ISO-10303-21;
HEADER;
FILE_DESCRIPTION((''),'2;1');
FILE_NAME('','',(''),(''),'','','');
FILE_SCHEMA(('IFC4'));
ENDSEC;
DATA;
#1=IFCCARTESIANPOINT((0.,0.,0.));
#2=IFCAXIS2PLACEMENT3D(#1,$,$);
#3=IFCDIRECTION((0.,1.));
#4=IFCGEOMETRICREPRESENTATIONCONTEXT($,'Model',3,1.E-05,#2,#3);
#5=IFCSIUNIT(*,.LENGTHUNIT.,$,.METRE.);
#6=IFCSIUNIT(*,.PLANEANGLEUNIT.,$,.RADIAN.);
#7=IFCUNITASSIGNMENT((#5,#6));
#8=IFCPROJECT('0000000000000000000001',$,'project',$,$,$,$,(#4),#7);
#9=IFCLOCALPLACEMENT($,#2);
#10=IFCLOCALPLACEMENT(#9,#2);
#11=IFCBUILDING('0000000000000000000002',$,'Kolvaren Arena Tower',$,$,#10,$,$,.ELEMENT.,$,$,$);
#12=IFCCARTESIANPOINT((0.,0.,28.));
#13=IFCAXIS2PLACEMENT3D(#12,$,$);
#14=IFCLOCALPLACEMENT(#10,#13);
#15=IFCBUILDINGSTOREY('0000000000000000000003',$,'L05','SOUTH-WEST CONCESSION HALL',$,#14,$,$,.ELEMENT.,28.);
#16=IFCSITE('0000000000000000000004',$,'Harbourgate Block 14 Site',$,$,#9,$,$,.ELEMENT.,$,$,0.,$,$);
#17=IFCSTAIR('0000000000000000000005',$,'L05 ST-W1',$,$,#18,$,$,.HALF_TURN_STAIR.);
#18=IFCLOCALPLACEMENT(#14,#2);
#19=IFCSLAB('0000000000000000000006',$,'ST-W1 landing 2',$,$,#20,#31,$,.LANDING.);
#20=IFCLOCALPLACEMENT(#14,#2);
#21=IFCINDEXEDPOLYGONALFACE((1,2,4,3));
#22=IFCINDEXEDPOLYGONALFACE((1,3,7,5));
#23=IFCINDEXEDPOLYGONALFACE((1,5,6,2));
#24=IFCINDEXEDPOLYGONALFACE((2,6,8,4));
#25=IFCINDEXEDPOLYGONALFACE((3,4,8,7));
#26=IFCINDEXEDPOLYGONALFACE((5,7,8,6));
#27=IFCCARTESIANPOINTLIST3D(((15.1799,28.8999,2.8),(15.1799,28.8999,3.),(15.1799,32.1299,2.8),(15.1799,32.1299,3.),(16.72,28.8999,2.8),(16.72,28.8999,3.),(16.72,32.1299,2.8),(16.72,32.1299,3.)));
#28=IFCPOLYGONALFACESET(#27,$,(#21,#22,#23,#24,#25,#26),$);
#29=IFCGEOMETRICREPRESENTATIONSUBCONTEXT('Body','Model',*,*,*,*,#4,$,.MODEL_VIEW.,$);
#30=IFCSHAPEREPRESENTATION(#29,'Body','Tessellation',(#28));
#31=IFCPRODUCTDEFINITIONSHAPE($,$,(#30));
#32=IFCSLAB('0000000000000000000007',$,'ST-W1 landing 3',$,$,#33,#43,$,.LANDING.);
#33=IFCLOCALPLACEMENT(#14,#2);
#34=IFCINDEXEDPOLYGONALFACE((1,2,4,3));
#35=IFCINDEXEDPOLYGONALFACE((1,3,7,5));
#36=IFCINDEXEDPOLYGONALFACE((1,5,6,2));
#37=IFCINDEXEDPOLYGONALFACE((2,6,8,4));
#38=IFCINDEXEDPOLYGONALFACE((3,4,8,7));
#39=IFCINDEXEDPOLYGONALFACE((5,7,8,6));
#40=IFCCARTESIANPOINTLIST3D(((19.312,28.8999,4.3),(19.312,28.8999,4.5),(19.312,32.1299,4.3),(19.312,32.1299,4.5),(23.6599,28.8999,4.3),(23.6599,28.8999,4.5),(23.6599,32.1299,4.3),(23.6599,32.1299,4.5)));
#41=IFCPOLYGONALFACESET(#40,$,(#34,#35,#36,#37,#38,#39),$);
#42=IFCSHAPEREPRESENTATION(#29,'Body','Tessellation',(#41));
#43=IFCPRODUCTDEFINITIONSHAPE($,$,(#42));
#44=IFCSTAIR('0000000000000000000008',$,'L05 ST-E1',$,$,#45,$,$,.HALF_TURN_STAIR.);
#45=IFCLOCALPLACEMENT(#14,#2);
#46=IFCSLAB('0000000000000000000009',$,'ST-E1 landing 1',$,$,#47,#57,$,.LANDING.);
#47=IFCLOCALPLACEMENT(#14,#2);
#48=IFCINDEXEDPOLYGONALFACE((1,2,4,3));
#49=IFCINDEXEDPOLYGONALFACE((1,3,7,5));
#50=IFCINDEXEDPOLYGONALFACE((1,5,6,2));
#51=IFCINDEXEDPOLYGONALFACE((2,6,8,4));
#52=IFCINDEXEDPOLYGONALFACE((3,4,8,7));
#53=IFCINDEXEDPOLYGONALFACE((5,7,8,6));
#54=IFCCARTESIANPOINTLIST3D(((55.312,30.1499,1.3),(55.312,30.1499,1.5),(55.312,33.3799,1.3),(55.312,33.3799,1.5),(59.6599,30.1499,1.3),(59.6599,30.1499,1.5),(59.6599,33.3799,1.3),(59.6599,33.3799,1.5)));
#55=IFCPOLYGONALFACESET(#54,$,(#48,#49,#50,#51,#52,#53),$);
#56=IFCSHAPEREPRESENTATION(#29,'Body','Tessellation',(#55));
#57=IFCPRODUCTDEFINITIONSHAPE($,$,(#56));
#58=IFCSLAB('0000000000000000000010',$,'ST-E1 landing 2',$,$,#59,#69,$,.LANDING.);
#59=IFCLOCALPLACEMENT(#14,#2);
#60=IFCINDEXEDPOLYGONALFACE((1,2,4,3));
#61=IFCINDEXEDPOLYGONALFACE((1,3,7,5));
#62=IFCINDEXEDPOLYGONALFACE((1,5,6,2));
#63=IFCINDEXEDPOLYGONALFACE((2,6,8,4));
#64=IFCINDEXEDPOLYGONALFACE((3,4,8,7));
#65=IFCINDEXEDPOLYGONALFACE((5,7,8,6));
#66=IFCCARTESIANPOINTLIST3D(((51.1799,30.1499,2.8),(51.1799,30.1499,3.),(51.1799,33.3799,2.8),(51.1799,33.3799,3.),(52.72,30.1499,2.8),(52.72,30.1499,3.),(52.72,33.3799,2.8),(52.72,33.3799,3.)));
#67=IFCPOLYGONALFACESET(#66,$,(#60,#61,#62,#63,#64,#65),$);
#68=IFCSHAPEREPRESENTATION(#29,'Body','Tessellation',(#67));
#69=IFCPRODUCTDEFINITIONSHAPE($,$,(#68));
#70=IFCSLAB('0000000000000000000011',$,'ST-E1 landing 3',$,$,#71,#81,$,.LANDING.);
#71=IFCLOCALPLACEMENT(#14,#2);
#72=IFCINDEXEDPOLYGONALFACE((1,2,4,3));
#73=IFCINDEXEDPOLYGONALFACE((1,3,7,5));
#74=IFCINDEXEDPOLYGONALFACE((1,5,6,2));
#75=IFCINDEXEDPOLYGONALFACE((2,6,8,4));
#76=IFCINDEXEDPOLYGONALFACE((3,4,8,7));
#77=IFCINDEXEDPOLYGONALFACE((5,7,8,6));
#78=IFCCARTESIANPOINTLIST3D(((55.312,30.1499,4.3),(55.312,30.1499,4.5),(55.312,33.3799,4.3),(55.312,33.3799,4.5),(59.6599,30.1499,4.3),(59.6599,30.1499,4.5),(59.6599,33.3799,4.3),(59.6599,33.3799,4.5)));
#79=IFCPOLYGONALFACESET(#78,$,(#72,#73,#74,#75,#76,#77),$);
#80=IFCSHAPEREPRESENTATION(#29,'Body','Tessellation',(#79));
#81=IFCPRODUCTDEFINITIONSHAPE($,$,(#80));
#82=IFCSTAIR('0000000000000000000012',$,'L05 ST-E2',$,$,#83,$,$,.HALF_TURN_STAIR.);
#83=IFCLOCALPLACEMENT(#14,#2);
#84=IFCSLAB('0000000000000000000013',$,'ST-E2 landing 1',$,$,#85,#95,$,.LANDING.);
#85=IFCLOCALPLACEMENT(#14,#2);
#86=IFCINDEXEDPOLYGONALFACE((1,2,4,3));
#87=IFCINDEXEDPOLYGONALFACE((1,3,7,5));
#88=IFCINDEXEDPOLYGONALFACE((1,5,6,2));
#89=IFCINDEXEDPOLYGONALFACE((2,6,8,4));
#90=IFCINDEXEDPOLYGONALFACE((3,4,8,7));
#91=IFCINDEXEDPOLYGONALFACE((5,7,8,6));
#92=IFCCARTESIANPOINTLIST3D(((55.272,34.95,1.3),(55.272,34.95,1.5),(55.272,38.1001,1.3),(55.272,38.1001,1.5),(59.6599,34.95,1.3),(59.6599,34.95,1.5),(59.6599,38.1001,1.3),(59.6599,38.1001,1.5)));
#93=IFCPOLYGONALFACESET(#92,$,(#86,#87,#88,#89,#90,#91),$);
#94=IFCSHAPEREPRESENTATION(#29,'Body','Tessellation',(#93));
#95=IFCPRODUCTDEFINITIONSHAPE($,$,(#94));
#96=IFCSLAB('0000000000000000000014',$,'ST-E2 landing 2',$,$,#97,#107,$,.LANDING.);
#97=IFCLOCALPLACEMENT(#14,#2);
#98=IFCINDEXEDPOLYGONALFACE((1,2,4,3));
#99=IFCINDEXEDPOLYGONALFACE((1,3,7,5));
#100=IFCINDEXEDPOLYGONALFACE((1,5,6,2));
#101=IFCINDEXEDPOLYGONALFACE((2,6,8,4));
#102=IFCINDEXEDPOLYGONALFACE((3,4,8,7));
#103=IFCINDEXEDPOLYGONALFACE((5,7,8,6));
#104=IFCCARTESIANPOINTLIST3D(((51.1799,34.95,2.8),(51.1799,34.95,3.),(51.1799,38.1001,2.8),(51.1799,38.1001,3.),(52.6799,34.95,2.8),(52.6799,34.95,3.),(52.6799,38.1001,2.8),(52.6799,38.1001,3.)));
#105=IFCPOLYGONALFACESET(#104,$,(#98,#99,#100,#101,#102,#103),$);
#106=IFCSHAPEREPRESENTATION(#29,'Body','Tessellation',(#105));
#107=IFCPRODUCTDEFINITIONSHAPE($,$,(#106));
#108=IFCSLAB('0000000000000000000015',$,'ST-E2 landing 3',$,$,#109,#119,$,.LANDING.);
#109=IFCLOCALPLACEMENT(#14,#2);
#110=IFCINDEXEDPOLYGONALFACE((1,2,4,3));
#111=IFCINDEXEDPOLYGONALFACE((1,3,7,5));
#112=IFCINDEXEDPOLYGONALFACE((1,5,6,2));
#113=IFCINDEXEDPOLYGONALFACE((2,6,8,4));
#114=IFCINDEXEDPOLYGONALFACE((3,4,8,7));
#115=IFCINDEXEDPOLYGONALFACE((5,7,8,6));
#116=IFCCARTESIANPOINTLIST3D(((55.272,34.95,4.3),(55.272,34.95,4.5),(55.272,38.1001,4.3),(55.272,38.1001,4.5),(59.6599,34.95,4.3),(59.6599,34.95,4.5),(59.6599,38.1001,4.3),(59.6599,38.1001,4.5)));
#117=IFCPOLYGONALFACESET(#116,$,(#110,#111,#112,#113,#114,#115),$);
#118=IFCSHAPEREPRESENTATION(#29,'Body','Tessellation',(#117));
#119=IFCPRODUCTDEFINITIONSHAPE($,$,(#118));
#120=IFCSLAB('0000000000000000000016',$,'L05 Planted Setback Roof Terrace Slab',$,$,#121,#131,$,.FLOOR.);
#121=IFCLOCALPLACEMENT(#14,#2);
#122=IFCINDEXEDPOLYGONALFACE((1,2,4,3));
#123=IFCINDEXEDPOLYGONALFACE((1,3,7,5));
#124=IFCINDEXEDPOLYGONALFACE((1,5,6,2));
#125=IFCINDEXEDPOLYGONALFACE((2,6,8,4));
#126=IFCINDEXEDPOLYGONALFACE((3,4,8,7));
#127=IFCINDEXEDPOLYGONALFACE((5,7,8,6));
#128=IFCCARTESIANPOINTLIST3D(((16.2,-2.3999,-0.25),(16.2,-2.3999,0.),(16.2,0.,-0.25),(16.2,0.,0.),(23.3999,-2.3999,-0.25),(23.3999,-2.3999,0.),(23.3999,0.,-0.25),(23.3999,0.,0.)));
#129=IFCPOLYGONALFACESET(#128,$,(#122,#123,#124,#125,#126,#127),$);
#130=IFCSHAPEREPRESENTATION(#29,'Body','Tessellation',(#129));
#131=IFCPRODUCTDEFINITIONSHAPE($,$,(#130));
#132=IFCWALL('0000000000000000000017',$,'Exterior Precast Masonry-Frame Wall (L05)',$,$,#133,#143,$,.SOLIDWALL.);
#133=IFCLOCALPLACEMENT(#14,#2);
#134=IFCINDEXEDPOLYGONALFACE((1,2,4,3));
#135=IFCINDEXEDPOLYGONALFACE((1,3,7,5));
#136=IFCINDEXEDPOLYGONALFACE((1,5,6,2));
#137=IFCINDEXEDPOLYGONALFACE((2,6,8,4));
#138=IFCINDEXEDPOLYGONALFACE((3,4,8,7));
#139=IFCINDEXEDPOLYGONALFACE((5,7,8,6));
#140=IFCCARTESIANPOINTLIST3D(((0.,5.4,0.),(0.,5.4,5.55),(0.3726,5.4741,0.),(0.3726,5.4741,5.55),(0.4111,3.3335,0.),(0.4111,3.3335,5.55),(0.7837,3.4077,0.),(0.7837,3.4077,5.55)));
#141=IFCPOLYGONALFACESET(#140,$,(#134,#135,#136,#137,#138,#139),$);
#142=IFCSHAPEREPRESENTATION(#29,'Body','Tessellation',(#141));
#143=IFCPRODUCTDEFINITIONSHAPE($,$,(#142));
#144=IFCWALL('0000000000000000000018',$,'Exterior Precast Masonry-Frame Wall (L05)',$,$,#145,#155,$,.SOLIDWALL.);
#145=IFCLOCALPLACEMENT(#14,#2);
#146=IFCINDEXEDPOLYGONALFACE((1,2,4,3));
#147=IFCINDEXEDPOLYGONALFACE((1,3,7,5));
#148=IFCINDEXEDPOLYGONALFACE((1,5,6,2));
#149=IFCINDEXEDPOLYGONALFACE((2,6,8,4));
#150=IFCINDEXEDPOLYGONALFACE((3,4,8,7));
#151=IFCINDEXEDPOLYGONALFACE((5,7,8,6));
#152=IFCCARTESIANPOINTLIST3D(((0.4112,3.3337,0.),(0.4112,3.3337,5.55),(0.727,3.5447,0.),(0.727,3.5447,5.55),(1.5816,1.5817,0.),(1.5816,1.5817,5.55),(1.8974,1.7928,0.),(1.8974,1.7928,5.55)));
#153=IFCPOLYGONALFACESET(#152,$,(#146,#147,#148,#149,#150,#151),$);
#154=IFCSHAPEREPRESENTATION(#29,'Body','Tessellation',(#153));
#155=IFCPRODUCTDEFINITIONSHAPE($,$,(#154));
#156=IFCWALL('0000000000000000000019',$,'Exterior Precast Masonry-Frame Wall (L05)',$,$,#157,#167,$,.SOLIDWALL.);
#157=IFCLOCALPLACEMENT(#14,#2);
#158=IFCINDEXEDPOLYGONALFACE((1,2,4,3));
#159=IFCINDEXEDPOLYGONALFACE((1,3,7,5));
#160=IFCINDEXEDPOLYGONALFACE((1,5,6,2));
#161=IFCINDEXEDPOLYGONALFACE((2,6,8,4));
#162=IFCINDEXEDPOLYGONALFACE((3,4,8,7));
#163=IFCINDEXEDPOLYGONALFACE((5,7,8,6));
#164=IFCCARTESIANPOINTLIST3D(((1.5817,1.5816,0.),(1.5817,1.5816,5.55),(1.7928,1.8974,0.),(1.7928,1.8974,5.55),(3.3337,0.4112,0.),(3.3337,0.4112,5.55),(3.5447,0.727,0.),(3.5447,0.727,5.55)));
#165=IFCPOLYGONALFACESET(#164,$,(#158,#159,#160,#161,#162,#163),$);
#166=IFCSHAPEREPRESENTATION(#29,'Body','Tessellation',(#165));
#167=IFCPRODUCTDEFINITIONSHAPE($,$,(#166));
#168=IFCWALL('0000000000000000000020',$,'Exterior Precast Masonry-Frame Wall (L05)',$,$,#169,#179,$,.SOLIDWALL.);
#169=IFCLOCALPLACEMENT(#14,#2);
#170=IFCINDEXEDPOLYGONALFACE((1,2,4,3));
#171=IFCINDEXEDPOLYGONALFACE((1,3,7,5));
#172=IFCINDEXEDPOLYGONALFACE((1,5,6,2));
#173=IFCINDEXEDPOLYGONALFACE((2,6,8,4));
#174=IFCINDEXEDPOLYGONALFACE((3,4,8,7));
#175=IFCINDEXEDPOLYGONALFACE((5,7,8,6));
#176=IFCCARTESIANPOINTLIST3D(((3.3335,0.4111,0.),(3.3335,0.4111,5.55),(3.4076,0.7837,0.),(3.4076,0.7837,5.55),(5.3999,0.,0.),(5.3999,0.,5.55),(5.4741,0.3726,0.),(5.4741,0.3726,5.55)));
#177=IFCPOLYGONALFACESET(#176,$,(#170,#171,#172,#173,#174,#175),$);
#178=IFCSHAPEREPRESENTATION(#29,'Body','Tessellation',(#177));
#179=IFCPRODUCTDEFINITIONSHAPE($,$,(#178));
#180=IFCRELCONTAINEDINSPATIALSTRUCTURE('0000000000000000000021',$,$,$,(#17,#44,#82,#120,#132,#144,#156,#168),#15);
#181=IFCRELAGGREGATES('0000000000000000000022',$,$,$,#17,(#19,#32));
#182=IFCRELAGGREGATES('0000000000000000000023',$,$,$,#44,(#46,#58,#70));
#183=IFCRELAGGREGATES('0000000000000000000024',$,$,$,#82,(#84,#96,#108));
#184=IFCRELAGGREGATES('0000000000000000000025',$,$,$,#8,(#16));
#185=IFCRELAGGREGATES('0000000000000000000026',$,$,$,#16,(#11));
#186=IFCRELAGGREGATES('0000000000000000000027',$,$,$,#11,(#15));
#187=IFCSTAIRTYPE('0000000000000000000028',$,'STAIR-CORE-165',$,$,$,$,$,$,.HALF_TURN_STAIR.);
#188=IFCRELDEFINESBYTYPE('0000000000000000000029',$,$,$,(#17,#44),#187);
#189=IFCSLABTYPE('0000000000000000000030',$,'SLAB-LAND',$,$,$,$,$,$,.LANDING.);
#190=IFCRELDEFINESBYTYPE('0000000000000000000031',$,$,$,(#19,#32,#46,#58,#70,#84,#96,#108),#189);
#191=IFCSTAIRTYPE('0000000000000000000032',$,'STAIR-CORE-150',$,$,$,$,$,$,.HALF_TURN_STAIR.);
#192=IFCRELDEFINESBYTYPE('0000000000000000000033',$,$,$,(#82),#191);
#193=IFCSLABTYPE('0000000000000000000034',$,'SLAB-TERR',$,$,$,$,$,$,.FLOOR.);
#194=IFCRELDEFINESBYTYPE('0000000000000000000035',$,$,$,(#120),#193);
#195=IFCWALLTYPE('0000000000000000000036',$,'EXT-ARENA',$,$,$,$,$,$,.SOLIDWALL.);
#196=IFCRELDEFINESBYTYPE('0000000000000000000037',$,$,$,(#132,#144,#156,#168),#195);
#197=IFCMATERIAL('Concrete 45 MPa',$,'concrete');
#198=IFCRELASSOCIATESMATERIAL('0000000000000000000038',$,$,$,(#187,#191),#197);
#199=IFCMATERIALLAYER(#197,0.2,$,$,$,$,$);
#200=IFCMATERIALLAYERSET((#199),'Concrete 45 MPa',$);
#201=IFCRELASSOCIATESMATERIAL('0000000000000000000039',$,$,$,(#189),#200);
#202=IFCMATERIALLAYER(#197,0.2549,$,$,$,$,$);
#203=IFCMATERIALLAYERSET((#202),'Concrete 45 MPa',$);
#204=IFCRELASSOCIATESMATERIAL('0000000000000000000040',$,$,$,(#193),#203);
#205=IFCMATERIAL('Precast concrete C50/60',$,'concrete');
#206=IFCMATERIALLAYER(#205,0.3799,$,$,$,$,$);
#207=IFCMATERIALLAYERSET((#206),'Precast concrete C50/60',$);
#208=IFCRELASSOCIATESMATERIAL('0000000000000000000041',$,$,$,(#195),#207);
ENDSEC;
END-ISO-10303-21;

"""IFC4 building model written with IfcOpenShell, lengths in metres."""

from ifc_helpers import new_model, si_unit, direction, frame, frame_2d, origin, place, context, subcontext, project, spatial, polyline, rectangle, outline, extrude, material, layer, layer_set, type_object, element, aggregate, save


model = new_model("IFC4")

# Units and contexts
model_context = context("Model", 3, precision=1e-05, world=origin(), true_north=direction((0.0, 1.0)))
body_context = subcontext(model_context, "Body", "Model", "MODEL_VIEW")
ifc_project = project(units=[si_unit("LENGTHUNIT", "METRE"), si_unit("PLANEANGLEUNIT", "RADIAN")], contexts=[model_context])

# Site, building, storey
site_placement = place(None, origin())
site = spatial("IfcSite", under=ifc_project, at=site_placement, Name="Harbourgate Block 14 Site", CompositionType="ELEMENT", RefElevation=0.0)
building_placement = place(site_placement, origin())
building = spatial("IfcBuilding", under=site, at=building_placement, Name="Kolvaren Arena Tower", CompositionType="ELEMENT")
storey_placement = place(building_placement, frame((0.0, 0.0, 28.0)))
storey = spatial("IfcBuildingStorey", under=building, at=storey_placement, Name="L05", Description="SOUTH-WEST CONCESSION HALL", CompositionType="ELEMENT", Elevation=28.0)

# Stairs, slabs
ifc_material_1 = material(Name="Concrete 45 MPa", Category="concrete")
stair_type_1 = type_object("IfcStairType", Name="STAIR-CORE-165", PredefinedType="HALF_TURN_STAIR", material=ifc_material_1)
stair_1_placement = place(storey_placement, origin())
stair_1 = element("IfcStair", 1, at=stair_1_placement, inside=storey, type_object=stair_type_1, Name="L05 ST-W1", PredefinedType="HALF_TURN_STAIR")
ifc_layer_1 = layer(ifc_material_1, 0.2)
ifc_layer_set_1 = layer_set([ifc_layer_1], Name="Concrete 45 MPa")
slab_type_1 = type_object("IfcSlabType", Name="SLAB-LAND", PredefinedType="LANDING", material=ifc_layer_set_1)
slab_1_placement = place(storey_placement, frame((0.0, 0.0, 2.8)))
slab_1 = element("IfcSlab", 2, at=slab_1_placement, type_object=slab_type_1, Name="ST-W1 landing 2", PredefinedType="LANDING", context=body_context, shape_type="SweptSolid", body=[
    extrude(outline(polyline([(15.1799, 28.8999), (16.72, 28.8999), (16.72, 32.1299), (15.1799, 32.1299), (15.1799, 28.8999)])), origin(), (0.0, 0.0, 1.0), 0.2),
])
slab_2_placement = place(storey_placement, frame((0.0, 0.0, 4.3)))
slab_2 = element("IfcSlab", 3, at=slab_2_placement, type_object=slab_type_1, Name="ST-W1 landing 3", PredefinedType="LANDING", context=body_context, shape_type="SweptSolid", body=[
    extrude(outline(polyline([(19.312, 28.8999), (23.6599, 28.8999), (23.6599, 32.1299), (19.312, 32.1299), (19.312, 28.8999)])), origin(), (0.0, 0.0, 1.0), 0.2),
])
aggregate(stair_1, [slab_1, slab_2])
stair_2_placement = place(storey_placement, origin())
stair_2 = element("IfcStair", 4, at=stair_2_placement, inside=storey, type_object=stair_type_1, Name="L05 ST-E1", PredefinedType="HALF_TURN_STAIR")
slab_3_placement = place(storey_placement, frame((0.0, 0.0, 1.3)))
slab_3 = element("IfcSlab", 5, at=slab_3_placement, type_object=slab_type_1, Name="ST-E1 landing 1", PredefinedType="LANDING", context=body_context, shape_type="SweptSolid", body=[
    extrude(outline(polyline([(55.312, 30.1499), (59.6599, 30.1499), (59.6599, 33.3799), (55.312, 33.3799), (55.312, 30.1499)])), origin(), (0.0, 0.0, 1.0), 0.2),
])
slab_4_placement = place(storey_placement, frame((0.0, 0.0, 2.8)))
slab_4 = element("IfcSlab", 6, at=slab_4_placement, type_object=slab_type_1, Name="ST-E1 landing 2", PredefinedType="LANDING", context=body_context, shape_type="SweptSolid", body=[
    extrude(outline(polyline([(51.1799, 30.1499), (52.72, 30.1499), (52.72, 33.3799), (51.1799, 33.3799), (51.1799, 30.1499)])), origin(), (0.0, 0.0, 1.0), 0.2),
])
slab_5_placement = place(storey_placement, frame((0.0, 0.0, 4.3)))
slab_5 = element("IfcSlab", 7, at=slab_5_placement, type_object=slab_type_1, Name="ST-E1 landing 3", PredefinedType="LANDING", context=body_context, shape_type="SweptSolid", body=[
    extrude(outline(polyline([(55.312, 30.1499), (59.6599, 30.1499), (59.6599, 33.3799), (55.312, 33.3799), (55.312, 30.1499)])), origin(), (0.0, 0.0, 1.0), 0.2),
])
aggregate(stair_2, [slab_3, slab_4, slab_5])
stair_type_2 = type_object("IfcStairType", Name="STAIR-CORE-150", PredefinedType="HALF_TURN_STAIR", material=ifc_material_1)
stair_3_placement = place(storey_placement, origin())
stair_3 = element("IfcStair", 8, at=stair_3_placement, inside=storey, type_object=stair_type_2, Name="L05 ST-E2", PredefinedType="HALF_TURN_STAIR")
slab_6_placement = place(storey_placement, frame((0.0, 0.0, 1.3)))
slab_6 = element("IfcSlab", 9, at=slab_6_placement, type_object=slab_type_1, Name="ST-E2 landing 1", PredefinedType="LANDING", context=body_context, shape_type="SweptSolid", body=[
    extrude(outline(polyline([(55.272, 34.95), (59.6599, 34.95), (59.6599, 38.1001), (55.272, 38.1001), (55.272, 34.95)])), origin(), (0.0, 0.0, 1.0), 0.2),
])
slab_7_placement = place(storey_placement, frame((0.0, 0.0, 2.8)))
slab_7 = element("IfcSlab", 10, at=slab_7_placement, type_object=slab_type_1, Name="ST-E2 landing 2", PredefinedType="LANDING", context=body_context, shape_type="SweptSolid", body=[
    extrude(outline(polyline([(51.1799, 34.95), (52.6799, 34.95), (52.6799, 38.1001), (51.1799, 38.1001), (51.1799, 34.95)])), origin(), (0.0, 0.0, 1.0), 0.2),
])
slab_8_placement = place(storey_placement, frame((0.0, 0.0, 4.3)))
slab_8 = element("IfcSlab", 11, at=slab_8_placement, type_object=slab_type_1, Name="ST-E2 landing 3", PredefinedType="LANDING", context=body_context, shape_type="SweptSolid", body=[
    extrude(outline(polyline([(55.272, 34.95), (59.6599, 34.95), (59.6599, 38.1001), (55.272, 38.1001), (55.272, 34.95)])), origin(), (0.0, 0.0, 1.0), 0.2),
])
aggregate(stair_3, [slab_6, slab_7, slab_8])

# Slab
ifc_layer_2 = layer(ifc_material_1, 0.2549)
ifc_layer_set_2 = layer_set([ifc_layer_2], Name="Concrete 45 MPa")
slab_type_2 = type_object("IfcSlabType", Name="SLAB-TERR", PredefinedType="FLOOR", material=ifc_layer_set_2)
slab_9_placement = place(storey_placement, frame((0.0, 0.0, -0.25)))
element("IfcSlab", 12, at=slab_9_placement, inside=storey, type_object=slab_type_2, Name="L05 Planted Setback Roof Terrace Slab", PredefinedType="FLOOR", context=body_context, shape_type="SweptSolid", body=[
    extrude(outline(polyline([(16.2, -2.3999), (23.3999, -2.3999), (23.3999, 0.0), (16.2, 0.0), (16.2, -2.3999)])), origin(), (0.0, 0.0, 1.0), 0.25),
])

# Walls
ifc_material_2 = material(Name="Precast concrete C50/60", Category="concrete")
ifc_layer_3 = layer(ifc_material_2, 0.3799)
ifc_layer_set_3 = layer_set([ifc_layer_3], Name="Precast concrete C50/60")
wall_type_1 = type_object("IfcWallType", Name="EXT-ARENA", PredefinedType="SOLIDWALL", material=ifc_layer_set_3)
for number, where, z_axis, x_axis, name in (
    (13, (0.5974, 3.3706, 0.0), (0.0, 0.0, 1.0), (-0.195136, 0.980776, 0.0), "Exterior Precast Masonry-Frame Wall (L05)"),
    (14, (1.7395, 1.6873, 0.0), (0.0, 0.0, 1.0), (-0.555502, 0.831515, 0.0), "Exterior Precast Masonry-Frame Wall (L05)"),
    (15, (3.4392, 0.5691, 0.0), (0.0, 0.0, 1.0), (-0.831515, 0.555502, 0.0), "Exterior Precast Masonry-Frame Wall (L05)"),
    (16, (5.437, 0.1863, 0.0), (0.0, 0.0, 1.0), (-0.980776, 0.195136, 0.0), "Exterior Precast Masonry-Frame Wall (L05)"),
):
    element("IfcWall", number, at=place(storey_placement, frame(where, z_axis=z_axis, x_axis=x_axis)), inside=storey, type_object=wall_type_1, Name=name, PredefinedType="SOLIDWALL", context=body_context, shape_type="SweptSolid", body=[
        extrude(rectangle(XDim=2.1069, YDim=0.3799, at=frame_2d((1.0535, 0.0))), origin(), (0.0, 0.0, 1.0), 5.55),
    ])

save(model, "model.ifc")
